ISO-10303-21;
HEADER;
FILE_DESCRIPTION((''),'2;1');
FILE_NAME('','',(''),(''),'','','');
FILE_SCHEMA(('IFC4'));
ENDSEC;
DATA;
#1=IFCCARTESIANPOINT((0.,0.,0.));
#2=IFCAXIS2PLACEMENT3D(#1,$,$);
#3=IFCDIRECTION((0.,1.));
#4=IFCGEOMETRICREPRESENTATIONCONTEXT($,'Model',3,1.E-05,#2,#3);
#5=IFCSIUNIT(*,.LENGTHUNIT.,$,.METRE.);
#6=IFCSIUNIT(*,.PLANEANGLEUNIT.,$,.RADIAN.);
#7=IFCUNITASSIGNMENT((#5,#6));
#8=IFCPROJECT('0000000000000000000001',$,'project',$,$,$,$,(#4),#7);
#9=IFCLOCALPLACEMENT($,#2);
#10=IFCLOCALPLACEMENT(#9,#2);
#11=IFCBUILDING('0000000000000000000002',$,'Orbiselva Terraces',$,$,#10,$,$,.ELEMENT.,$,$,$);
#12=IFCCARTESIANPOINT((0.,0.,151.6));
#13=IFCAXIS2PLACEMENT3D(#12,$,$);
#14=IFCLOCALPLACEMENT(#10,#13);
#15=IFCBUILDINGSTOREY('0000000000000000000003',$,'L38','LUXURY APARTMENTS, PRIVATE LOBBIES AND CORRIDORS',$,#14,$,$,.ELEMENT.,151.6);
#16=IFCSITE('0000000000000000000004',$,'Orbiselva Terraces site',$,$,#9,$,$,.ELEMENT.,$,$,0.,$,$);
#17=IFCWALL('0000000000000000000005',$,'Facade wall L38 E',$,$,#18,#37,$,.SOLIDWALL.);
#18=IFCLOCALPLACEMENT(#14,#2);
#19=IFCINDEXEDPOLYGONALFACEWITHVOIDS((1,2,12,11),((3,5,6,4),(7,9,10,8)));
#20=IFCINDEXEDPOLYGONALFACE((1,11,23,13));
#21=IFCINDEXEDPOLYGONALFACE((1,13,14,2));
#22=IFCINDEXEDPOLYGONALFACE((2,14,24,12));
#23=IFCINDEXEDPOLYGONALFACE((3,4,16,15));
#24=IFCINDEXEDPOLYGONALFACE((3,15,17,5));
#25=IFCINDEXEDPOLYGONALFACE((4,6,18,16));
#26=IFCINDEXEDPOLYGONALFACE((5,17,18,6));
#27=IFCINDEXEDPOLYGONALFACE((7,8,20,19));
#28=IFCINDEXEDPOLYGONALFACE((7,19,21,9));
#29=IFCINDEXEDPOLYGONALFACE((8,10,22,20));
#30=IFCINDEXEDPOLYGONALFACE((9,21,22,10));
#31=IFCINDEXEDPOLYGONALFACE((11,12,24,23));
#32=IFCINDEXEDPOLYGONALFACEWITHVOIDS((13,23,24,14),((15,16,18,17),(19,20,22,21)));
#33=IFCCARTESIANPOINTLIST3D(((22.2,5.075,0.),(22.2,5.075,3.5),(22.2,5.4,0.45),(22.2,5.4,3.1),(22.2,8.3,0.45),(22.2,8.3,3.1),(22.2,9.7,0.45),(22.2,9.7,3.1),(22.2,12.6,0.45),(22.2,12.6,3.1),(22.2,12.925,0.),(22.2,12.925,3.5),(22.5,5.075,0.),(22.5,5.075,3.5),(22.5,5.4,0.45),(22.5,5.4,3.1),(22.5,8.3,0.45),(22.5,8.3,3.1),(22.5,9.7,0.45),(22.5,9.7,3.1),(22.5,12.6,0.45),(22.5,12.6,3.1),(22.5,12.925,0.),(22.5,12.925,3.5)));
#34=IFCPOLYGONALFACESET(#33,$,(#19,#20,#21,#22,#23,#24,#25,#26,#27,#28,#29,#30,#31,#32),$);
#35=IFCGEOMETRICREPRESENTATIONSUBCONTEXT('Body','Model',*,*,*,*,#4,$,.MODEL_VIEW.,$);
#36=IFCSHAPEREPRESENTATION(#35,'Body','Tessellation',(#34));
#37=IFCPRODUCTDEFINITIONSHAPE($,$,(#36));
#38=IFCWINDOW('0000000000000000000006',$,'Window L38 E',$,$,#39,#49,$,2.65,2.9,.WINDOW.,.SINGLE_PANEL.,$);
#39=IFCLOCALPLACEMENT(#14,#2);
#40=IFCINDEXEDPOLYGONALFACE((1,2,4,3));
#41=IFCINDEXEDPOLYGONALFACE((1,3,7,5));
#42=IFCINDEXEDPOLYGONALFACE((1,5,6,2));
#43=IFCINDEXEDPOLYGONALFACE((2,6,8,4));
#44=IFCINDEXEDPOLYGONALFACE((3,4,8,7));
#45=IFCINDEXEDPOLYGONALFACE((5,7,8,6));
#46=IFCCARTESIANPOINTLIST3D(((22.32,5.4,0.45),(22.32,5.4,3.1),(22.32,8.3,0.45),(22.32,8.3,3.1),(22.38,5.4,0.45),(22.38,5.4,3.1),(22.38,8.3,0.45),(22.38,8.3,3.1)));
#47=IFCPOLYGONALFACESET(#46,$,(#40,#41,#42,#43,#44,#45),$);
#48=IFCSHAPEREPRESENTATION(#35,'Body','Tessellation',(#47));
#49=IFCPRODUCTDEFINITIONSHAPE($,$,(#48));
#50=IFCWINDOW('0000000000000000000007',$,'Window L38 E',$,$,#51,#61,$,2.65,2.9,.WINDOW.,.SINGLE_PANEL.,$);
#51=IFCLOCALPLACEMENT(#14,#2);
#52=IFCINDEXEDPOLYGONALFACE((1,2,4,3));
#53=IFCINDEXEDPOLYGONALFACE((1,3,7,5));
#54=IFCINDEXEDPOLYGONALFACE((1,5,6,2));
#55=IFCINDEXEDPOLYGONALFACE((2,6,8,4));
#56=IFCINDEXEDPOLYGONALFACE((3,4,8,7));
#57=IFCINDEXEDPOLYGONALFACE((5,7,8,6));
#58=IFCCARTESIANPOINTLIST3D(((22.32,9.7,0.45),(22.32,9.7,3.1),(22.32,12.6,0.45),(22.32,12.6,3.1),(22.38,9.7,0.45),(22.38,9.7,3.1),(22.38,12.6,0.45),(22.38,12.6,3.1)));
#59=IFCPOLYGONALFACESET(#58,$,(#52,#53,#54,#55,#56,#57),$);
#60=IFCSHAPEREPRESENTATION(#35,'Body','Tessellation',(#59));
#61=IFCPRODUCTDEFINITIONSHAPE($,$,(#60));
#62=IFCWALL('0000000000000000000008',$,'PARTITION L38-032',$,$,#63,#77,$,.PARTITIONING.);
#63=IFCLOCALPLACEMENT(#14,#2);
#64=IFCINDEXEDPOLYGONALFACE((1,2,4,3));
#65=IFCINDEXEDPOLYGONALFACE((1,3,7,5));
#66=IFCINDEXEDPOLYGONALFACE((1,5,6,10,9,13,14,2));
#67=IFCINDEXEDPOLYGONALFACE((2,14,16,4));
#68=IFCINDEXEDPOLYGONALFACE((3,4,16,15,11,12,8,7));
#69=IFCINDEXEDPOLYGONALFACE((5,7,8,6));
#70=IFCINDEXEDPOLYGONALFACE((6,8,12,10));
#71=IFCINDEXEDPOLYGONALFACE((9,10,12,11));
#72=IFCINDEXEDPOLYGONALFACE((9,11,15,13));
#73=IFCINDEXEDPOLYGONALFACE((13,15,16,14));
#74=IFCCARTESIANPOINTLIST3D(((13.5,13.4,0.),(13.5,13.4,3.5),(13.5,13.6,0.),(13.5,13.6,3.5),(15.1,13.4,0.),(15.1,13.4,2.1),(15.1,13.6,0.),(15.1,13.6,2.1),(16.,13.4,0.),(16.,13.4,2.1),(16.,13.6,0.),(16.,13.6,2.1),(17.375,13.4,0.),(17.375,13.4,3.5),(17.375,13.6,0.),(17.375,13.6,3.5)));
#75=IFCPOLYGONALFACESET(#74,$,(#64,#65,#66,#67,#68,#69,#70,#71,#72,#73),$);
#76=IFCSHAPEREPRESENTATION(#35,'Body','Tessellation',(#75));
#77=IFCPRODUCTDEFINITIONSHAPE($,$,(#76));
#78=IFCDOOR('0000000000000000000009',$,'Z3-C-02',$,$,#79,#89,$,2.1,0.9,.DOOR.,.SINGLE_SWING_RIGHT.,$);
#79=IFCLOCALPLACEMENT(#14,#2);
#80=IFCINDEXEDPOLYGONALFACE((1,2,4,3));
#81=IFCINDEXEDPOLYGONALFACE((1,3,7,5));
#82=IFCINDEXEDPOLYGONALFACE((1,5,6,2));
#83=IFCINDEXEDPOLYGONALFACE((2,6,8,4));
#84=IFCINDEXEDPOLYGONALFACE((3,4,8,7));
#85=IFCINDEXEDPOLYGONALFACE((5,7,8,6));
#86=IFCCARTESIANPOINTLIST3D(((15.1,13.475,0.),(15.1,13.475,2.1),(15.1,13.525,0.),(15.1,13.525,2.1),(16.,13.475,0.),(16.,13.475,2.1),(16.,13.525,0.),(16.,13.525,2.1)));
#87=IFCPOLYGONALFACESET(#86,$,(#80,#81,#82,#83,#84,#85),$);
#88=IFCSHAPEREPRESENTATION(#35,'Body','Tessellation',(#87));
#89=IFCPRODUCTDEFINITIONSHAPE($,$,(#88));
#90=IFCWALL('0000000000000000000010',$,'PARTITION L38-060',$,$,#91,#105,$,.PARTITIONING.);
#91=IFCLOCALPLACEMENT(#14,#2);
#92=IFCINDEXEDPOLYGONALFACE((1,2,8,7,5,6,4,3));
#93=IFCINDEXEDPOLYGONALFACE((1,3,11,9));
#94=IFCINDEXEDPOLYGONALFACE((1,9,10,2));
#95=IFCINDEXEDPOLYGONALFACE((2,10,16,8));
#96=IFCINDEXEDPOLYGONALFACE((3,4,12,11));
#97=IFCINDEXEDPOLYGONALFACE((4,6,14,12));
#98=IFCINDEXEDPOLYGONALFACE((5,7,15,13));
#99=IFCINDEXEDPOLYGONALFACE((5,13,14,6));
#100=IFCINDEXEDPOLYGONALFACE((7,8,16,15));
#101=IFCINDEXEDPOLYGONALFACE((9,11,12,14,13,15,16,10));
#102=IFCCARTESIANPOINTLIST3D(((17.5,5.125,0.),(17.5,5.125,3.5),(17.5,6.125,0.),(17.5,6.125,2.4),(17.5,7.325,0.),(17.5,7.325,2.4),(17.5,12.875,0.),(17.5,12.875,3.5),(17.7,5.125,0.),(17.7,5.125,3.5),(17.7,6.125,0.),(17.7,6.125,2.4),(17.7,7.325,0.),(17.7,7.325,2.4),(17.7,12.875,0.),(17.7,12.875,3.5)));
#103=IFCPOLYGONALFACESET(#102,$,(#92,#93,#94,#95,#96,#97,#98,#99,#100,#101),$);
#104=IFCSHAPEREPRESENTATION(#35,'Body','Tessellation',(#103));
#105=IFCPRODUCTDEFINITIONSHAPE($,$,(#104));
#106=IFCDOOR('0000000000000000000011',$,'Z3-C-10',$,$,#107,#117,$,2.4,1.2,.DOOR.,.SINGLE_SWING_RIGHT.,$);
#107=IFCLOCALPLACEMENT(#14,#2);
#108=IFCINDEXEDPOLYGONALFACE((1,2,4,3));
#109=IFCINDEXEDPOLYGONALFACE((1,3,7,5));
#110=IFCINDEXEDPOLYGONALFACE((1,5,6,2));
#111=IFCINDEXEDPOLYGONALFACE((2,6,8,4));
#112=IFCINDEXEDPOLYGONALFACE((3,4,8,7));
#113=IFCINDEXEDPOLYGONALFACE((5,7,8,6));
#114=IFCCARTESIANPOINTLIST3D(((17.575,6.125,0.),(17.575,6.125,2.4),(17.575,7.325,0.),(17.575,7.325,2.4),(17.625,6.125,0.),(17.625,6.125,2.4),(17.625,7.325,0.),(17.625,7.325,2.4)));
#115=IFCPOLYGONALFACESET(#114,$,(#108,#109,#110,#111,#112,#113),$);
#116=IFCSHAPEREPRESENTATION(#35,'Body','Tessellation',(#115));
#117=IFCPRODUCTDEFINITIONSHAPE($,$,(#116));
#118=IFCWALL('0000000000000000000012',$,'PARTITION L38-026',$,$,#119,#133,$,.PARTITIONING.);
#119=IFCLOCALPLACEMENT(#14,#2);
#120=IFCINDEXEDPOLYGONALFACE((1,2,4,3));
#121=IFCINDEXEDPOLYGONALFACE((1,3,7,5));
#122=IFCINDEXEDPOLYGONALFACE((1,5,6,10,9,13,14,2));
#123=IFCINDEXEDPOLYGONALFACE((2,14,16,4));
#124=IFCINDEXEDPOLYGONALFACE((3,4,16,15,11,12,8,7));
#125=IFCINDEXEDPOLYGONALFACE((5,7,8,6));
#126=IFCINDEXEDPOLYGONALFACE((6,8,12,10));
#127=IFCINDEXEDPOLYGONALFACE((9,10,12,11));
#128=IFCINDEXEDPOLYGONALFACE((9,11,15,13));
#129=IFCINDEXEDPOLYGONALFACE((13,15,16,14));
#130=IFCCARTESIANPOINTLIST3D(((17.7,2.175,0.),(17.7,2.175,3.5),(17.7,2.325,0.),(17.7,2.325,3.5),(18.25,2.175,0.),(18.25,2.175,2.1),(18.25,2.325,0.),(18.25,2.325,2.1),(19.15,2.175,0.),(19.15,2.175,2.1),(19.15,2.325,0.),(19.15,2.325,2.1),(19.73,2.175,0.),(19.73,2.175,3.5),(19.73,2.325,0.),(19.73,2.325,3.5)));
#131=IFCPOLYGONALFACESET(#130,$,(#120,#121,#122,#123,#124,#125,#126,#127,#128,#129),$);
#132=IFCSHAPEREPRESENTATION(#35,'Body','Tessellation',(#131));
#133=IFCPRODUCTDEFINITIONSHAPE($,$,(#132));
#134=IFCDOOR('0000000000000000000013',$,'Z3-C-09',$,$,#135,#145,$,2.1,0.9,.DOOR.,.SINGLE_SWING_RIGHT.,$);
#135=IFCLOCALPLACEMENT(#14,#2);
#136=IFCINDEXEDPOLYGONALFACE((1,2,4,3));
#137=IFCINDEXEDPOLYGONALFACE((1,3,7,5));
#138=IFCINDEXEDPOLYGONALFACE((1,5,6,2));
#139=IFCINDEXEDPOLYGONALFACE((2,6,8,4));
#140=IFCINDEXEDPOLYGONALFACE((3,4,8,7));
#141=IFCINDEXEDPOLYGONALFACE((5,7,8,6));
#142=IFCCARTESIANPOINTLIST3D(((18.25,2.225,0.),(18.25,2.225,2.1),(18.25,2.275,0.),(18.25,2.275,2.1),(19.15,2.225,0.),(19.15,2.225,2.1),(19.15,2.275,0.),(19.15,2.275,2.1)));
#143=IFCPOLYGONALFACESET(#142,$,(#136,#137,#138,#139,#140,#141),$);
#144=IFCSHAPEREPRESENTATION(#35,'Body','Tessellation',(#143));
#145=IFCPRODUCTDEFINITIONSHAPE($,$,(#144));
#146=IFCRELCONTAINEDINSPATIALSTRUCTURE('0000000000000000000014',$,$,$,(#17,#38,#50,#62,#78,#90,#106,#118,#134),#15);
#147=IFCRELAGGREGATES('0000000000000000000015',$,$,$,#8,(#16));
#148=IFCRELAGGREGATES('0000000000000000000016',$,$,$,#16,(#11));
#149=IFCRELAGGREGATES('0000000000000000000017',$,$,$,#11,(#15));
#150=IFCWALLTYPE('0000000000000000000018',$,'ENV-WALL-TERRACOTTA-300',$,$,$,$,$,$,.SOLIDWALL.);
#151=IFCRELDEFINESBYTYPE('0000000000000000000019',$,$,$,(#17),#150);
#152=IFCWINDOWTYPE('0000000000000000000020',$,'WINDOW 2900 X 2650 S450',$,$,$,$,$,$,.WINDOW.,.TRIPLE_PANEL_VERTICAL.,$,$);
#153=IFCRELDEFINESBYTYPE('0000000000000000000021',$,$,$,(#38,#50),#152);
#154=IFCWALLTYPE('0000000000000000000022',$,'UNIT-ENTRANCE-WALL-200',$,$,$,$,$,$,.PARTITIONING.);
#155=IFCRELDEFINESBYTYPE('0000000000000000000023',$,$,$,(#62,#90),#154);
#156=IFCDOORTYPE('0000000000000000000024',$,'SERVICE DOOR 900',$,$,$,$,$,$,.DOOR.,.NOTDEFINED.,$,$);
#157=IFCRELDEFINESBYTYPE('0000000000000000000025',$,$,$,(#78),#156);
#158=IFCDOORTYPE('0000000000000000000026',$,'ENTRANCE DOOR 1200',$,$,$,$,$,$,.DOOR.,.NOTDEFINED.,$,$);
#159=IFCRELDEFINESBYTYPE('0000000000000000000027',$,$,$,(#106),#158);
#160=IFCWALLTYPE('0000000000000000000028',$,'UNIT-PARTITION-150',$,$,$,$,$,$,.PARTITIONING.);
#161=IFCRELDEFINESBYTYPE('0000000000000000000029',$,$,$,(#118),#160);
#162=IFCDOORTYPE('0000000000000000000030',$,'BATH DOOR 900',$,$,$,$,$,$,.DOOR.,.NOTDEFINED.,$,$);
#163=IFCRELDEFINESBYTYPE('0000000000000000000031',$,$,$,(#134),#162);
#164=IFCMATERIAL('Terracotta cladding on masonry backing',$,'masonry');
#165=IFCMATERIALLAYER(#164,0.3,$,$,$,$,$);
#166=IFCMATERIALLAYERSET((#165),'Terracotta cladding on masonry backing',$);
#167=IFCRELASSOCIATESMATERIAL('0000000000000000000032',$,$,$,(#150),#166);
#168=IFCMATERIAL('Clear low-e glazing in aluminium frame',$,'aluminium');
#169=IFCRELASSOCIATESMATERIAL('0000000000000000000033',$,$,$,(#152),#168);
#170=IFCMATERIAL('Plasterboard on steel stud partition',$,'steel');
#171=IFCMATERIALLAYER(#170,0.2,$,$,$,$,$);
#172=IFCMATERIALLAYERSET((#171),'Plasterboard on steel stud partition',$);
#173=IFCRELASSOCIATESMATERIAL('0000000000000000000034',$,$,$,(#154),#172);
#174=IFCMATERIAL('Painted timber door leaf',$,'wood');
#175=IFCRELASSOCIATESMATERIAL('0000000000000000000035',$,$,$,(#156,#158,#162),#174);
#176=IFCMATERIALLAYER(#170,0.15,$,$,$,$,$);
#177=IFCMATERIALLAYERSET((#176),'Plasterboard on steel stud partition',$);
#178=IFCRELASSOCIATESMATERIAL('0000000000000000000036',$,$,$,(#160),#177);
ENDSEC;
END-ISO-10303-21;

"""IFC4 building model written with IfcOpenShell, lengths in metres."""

from ifc_helpers import new_model, si_unit, direction, frame, frame_2d, origin, place, context, subcontext, project, spatial, rectangle, extrude, material, layer, layer_set, type_object, element, fill, save


model = new_model("IFC4")

# Units and contexts
model_context = context("Model", 3, precision=1e-05, world=origin(), true_north=direction((0.0, 1.0)))
body_context = subcontext(model_context, "Body", "Model", "MODEL_VIEW")
ifc_project = project(units=[si_unit("LENGTHUNIT", "METRE"), si_unit("PLANEANGLEUNIT", "RADIAN")], contexts=[model_context])

# Site, building, storey
site_placement = place(None, origin())
site = spatial("IfcSite", under=ifc_project, at=site_placement, Name="Orbiselva Terraces site", CompositionType="ELEMENT", RefElevation=0.0)
building_placement = place(site_placement, origin())
building = spatial("IfcBuilding", under=site, at=building_placement, Name="Orbiselva Terraces", CompositionType="ELEMENT")
storey_placement = place(building_placement, frame((0.0, 0.0, 151.6)))
storey = spatial("IfcBuildingStorey", under=building, at=storey_placement, Name="L38", Description="LUXURY APARTMENTS, PRIVATE LOBBIES AND CORRIDORS", CompositionType="ELEMENT", Elevation=151.6)

# Shared definitions
ifc_material_1 = material(Name="Terracotta cladding on masonry backing", Category="masonry")
ifc_layer_1 = layer(ifc_material_1, 0.3)
ifc_layer_set_1 = layer_set([ifc_layer_1], Name="Terracotta cladding on masonry backing")
wall_type_1 = type_object("IfcWallType", Name="ENV-WALL-TERRACOTTA-300", PredefinedType="SOLIDWALL", material=ifc_layer_set_1)
ifc_material_2 = material(Name="Clear low-e glazing in aluminium frame", Category="aluminium")
window_type = type_object("IfcWindowType", Name="WINDOW 2900 X 2650 S450", PartitioningType="TRIPLE_PANEL_VERTICAL", PredefinedType="WINDOW", material=ifc_material_2)

# Wall, openings, windows
wall_1_placement = place(storey_placement, frame((22.35, 12.925, 0.0), z_axis=(0.0, 0.0, 1.0), x_axis=(0.0, -1.0, 0.0)))
wall_1 = element("IfcWall", 1, at=wall_1_placement, inside=storey, type_object=wall_type_1, Name="Facade wall L38 E", PredefinedType="SOLIDWALL", context=body_context, shape_type="SweptSolid", body=[
    extrude(rectangle(XDim=7.85, YDim=0.3, at=frame_2d((3.925, 0.0))), origin(), (0.0, 0.0, 1.0), 3.5),
])
opening_1_placement = place(wall_1_placement, frame((4.625, 0.0, 0.45)))
opening_1 = element("IfcOpeningElement", 2, at=opening_1_placement, cuts=wall_1, PredefinedType="OPENING", context=body_context, shape_type="SweptSolid", body=[
    extrude(rectangle(XDim=2.9, YDim=2.65, at=frame_2d((1.45, 1.325))), frame((0.0, 0.16, 0.0), z_axis=(0.0, -1.0, 0.0), x_axis=(1.0, 0.0, 0.0)), (0.0, 0.0, 1.0), 0.32),
])
opening_2_placement = place(wall_1_placement, frame((0.325, 0.0, 0.45)))
opening_2 = element("IfcOpeningElement", 3, at=opening_2_placement, cuts=wall_1, PredefinedType="OPENING", context=body_context, shape_type="SweptSolid", body=[
    extrude(rectangle(XDim=2.9, YDim=2.65, at=frame_2d((1.45, 1.325))), frame((0.0, 0.16, 0.0), z_axis=(0.0, -1.0, 0.0), x_axis=(1.0, 0.0, 0.0)), (0.0, 0.0, 1.0), 0.32),
])
window_1_placement = place(opening_1_placement, origin())
window_1 = element("IfcWindow", 4, at=window_1_placement, inside=storey, type_object=window_type, Name="Window L38 E", OverallHeight=2.65, OverallWidth=2.9, PartitioningType="SINGLE_PANEL", PredefinedType="WINDOW", context=body_context, shape_type="SweptSolid", body=[
    extrude(rectangle(XDim=2.9, YDim=2.65, at=frame_2d((1.45, 1.325))), frame((0.0, 0.03, 0.0), z_axis=(0.0, -1.0, 0.0), x_axis=(1.0, 0.0, 0.0)), (0.0, 0.0, 1.0), 0.06),
])
fill(opening_1, window_1)
window_2_placement = place(opening_2_placement, origin())
window_2 = element("IfcWindow", 5, at=window_2_placement, inside=storey, type_object=window_type, Name="Window L38 E", OverallHeight=2.65, OverallWidth=2.9, PartitioningType="SINGLE_PANEL", PredefinedType="WINDOW", context=body_context, shape_type="SweptSolid", body=[
    extrude(rectangle(XDim=2.9, YDim=2.65, at=frame_2d((1.45, 1.325))), frame((0.0, 0.03, 0.0), z_axis=(0.0, -1.0, 0.0), x_axis=(1.0, 0.0, 0.0)), (0.0, 0.0, 1.0), 0.06),
])
fill(opening_2, window_2)

# Walls, openings, doors
ifc_material_3 = material(Name="Plasterboard on steel stud partition", Category="steel")
ifc_layer_2 = layer(ifc_material_3, 0.2)
ifc_layer_set_2 = layer_set([ifc_layer_2], Name="Plasterboard on steel stud partition")
wall_type_2 = type_object("IfcWallType", Name="UNIT-ENTRANCE-WALL-200", PredefinedType="PARTITIONING", material=ifc_layer_set_2)
wall_2_placement = place(storey_placement, frame((13.5, 13.5, 0.0), z_axis=(0.0, 0.0, 1.0), x_axis=(1.0, 0.0, 0.0)))
wall_2 = element("IfcWall", 6, at=wall_2_placement, inside=storey, type_object=wall_type_2, Name="PARTITION L38-032", PredefinedType="PARTITIONING", context=body_context, shape_type="SweptSolid", body=[
    extrude(rectangle(XDim=3.875, YDim=0.2, at=frame_2d((1.9375, 0.0))), origin(), (0.0, 0.0, 1.0), 3.5),
])
opening_3_placement = place(wall_2_placement, frame((1.6, 0.0, 0.0)))
opening_3 = element("IfcOpeningElement", 7, at=opening_3_placement, cuts=wall_2, PredefinedType="OPENING", context=body_context, shape_type="SweptSolid", body=[
    extrude(rectangle(XDim=0.9, YDim=2.1, at=frame_2d((0.45, 1.05))), frame((0.0, 0.11, 0.0), z_axis=(0.0, -1.0, 0.0), x_axis=(1.0, 0.0, 0.0)), (0.0, 0.0, 1.0), 0.22),
])
ifc_material_4 = material(Name="Painted timber door leaf", Category="wood")
door_type_1 = type_object("IfcDoorType", Name="SERVICE DOOR 900", OperationType="NOTDEFINED", PredefinedType="DOOR", material=ifc_material_4)
door_1_placement = place(opening_3_placement, origin())
door_1 = element("IfcDoor", 8, at=door_1_placement, inside=storey, type_object=door_type_1, Name="Z3-C-02", OperationType="SINGLE_SWING_RIGHT", OverallHeight=2.1, OverallWidth=0.9, PredefinedType="DOOR", context=body_context, shape_type="SweptSolid", body=[
    extrude(rectangle(XDim=0.9, YDim=2.1, at=frame_2d((0.45, 1.05))), frame((0.0, 0.025, 0.0), z_axis=(0.0, -1.0, 0.0), x_axis=(1.0, 0.0, 0.0)), (0.0, 0.0, 1.0), 0.05),
])
fill(opening_3, door_1)
wall_3_placement = place(storey_placement, frame((17.6, 12.875, 0.0), z_axis=(0.0, 0.0, 1.0), x_axis=(0.0, -1.0, 0.0)))
wall_3 = element("IfcWall", 9, at=wall_3_placement, inside=storey, type_object=wall_type_2, Name="PARTITION L38-060", PredefinedType="PARTITIONING", context=body_context, shape_type="SweptSolid", body=[
    extrude(rectangle(XDim=7.75, YDim=0.2, at=frame_2d((3.875, 0.0))), origin(), (0.0, 0.0, 1.0), 3.5),
])
opening_4_placement = place(wall_3_placement, frame((5.55, 0.0, 0.0)))
opening_4 = element("IfcOpeningElement", 10, at=opening_4_placement, cuts=wall_3, PredefinedType="OPENING", context=body_context, shape_type="SweptSolid", body=[
    extrude(rectangle(XDim=1.2, YDim=2.4, at=frame_2d((0.6, 1.2))), frame((0.0, 0.11, 0.0), z_axis=(0.0, -1.0, 0.0), x_axis=(1.0, 0.0, 0.0)), (0.0, 0.0, 1.0), 0.22),
])
door_type_2 = type_object("IfcDoorType", Name="ENTRANCE DOOR 1200", OperationType="NOTDEFINED", PredefinedType="DOOR", material=ifc_material_4)
door_2_placement = place(opening_4_placement, origin())
door_2 = element("IfcDoor", 11, at=door_2_placement, inside=storey, type_object=door_type_2, Name="Z3-C-10", OperationType="SINGLE_SWING_RIGHT", OverallHeight=2.4, OverallWidth=1.2, PredefinedType="DOOR", context=body_context, shape_type="SweptSolid", body=[
    extrude(rectangle(XDim=1.2, YDim=2.4, at=frame_2d((0.6, 1.2))), frame((0.0, 0.025, 0.0), z_axis=(0.0, -1.0, 0.0), x_axis=(1.0, 0.0, 0.0)), (0.0, 0.0, 1.0), 0.05),
])
fill(opening_4, door_2)
ifc_layer_3 = layer(ifc_material_3, 0.15)
ifc_layer_set_3 = layer_set([ifc_layer_3], Name="Plasterboard on steel stud partition")
wall_type_3 = type_object("IfcWallType", Name="UNIT-PARTITION-150", PredefinedType="PARTITIONING", material=ifc_layer_set_3)
wall_4_placement = place(storey_placement, frame((19.73, 2.25, 0.0), z_axis=(0.0, 0.0, 1.0), x_axis=(-1.0, 0.0, 0.0)))
wall_4 = element("IfcWall", 12, at=wall_4_placement, inside=storey, type_object=wall_type_3, Name="PARTITION L38-026", PredefinedType="PARTITIONING", context=body_context, shape_type="SweptSolid", body=[
    extrude(rectangle(XDim=2.03, YDim=0.15, at=frame_2d((1.015, 0.0))), origin(), (0.0, 0.0, 1.0), 3.5),
])
opening_5_placement = place(wall_4_placement, frame((0.58, 0.0, 0.0)))
opening_5 = element("IfcOpeningElement", 13, at=opening_5_placement, cuts=wall_4, PredefinedType="OPENING", context=body_context, shape_type="SweptSolid", body=[
    extrude(rectangle(XDim=0.9, YDim=2.1, at=frame_2d((0.45, 1.05))), frame((0.0, 0.085, 0.0), z_axis=(0.0, -1.0, 0.0), x_axis=(1.0, 0.0, 0.0)), (0.0, 0.0, 1.0), 0.17),
])
door_type_3 = type_object("IfcDoorType", Name="BATH DOOR 900", OperationType="NOTDEFINED", PredefinedType="DOOR", material=ifc_material_4)
door_3_placement = place(opening_5_placement, origin())
door_3 = element("IfcDoor", 14, at=door_3_placement, inside=storey, type_object=door_type_3, Name="Z3-C-09", OperationType="SINGLE_SWING_RIGHT", OverallHeight=2.1, OverallWidth=0.9, PredefinedType="DOOR", context=body_context, shape_type="SweptSolid", body=[
    extrude(rectangle(XDim=0.9, YDim=2.1, at=frame_2d((0.45, 1.05))), frame((0.0, 0.025, 0.0), z_axis=(0.0, -1.0, 0.0), x_axis=(1.0, 0.0, 0.0)), (0.0, 0.0, 1.0), 0.05),
])
fill(opening_5, door_3)

save(model, "model.ifc")
